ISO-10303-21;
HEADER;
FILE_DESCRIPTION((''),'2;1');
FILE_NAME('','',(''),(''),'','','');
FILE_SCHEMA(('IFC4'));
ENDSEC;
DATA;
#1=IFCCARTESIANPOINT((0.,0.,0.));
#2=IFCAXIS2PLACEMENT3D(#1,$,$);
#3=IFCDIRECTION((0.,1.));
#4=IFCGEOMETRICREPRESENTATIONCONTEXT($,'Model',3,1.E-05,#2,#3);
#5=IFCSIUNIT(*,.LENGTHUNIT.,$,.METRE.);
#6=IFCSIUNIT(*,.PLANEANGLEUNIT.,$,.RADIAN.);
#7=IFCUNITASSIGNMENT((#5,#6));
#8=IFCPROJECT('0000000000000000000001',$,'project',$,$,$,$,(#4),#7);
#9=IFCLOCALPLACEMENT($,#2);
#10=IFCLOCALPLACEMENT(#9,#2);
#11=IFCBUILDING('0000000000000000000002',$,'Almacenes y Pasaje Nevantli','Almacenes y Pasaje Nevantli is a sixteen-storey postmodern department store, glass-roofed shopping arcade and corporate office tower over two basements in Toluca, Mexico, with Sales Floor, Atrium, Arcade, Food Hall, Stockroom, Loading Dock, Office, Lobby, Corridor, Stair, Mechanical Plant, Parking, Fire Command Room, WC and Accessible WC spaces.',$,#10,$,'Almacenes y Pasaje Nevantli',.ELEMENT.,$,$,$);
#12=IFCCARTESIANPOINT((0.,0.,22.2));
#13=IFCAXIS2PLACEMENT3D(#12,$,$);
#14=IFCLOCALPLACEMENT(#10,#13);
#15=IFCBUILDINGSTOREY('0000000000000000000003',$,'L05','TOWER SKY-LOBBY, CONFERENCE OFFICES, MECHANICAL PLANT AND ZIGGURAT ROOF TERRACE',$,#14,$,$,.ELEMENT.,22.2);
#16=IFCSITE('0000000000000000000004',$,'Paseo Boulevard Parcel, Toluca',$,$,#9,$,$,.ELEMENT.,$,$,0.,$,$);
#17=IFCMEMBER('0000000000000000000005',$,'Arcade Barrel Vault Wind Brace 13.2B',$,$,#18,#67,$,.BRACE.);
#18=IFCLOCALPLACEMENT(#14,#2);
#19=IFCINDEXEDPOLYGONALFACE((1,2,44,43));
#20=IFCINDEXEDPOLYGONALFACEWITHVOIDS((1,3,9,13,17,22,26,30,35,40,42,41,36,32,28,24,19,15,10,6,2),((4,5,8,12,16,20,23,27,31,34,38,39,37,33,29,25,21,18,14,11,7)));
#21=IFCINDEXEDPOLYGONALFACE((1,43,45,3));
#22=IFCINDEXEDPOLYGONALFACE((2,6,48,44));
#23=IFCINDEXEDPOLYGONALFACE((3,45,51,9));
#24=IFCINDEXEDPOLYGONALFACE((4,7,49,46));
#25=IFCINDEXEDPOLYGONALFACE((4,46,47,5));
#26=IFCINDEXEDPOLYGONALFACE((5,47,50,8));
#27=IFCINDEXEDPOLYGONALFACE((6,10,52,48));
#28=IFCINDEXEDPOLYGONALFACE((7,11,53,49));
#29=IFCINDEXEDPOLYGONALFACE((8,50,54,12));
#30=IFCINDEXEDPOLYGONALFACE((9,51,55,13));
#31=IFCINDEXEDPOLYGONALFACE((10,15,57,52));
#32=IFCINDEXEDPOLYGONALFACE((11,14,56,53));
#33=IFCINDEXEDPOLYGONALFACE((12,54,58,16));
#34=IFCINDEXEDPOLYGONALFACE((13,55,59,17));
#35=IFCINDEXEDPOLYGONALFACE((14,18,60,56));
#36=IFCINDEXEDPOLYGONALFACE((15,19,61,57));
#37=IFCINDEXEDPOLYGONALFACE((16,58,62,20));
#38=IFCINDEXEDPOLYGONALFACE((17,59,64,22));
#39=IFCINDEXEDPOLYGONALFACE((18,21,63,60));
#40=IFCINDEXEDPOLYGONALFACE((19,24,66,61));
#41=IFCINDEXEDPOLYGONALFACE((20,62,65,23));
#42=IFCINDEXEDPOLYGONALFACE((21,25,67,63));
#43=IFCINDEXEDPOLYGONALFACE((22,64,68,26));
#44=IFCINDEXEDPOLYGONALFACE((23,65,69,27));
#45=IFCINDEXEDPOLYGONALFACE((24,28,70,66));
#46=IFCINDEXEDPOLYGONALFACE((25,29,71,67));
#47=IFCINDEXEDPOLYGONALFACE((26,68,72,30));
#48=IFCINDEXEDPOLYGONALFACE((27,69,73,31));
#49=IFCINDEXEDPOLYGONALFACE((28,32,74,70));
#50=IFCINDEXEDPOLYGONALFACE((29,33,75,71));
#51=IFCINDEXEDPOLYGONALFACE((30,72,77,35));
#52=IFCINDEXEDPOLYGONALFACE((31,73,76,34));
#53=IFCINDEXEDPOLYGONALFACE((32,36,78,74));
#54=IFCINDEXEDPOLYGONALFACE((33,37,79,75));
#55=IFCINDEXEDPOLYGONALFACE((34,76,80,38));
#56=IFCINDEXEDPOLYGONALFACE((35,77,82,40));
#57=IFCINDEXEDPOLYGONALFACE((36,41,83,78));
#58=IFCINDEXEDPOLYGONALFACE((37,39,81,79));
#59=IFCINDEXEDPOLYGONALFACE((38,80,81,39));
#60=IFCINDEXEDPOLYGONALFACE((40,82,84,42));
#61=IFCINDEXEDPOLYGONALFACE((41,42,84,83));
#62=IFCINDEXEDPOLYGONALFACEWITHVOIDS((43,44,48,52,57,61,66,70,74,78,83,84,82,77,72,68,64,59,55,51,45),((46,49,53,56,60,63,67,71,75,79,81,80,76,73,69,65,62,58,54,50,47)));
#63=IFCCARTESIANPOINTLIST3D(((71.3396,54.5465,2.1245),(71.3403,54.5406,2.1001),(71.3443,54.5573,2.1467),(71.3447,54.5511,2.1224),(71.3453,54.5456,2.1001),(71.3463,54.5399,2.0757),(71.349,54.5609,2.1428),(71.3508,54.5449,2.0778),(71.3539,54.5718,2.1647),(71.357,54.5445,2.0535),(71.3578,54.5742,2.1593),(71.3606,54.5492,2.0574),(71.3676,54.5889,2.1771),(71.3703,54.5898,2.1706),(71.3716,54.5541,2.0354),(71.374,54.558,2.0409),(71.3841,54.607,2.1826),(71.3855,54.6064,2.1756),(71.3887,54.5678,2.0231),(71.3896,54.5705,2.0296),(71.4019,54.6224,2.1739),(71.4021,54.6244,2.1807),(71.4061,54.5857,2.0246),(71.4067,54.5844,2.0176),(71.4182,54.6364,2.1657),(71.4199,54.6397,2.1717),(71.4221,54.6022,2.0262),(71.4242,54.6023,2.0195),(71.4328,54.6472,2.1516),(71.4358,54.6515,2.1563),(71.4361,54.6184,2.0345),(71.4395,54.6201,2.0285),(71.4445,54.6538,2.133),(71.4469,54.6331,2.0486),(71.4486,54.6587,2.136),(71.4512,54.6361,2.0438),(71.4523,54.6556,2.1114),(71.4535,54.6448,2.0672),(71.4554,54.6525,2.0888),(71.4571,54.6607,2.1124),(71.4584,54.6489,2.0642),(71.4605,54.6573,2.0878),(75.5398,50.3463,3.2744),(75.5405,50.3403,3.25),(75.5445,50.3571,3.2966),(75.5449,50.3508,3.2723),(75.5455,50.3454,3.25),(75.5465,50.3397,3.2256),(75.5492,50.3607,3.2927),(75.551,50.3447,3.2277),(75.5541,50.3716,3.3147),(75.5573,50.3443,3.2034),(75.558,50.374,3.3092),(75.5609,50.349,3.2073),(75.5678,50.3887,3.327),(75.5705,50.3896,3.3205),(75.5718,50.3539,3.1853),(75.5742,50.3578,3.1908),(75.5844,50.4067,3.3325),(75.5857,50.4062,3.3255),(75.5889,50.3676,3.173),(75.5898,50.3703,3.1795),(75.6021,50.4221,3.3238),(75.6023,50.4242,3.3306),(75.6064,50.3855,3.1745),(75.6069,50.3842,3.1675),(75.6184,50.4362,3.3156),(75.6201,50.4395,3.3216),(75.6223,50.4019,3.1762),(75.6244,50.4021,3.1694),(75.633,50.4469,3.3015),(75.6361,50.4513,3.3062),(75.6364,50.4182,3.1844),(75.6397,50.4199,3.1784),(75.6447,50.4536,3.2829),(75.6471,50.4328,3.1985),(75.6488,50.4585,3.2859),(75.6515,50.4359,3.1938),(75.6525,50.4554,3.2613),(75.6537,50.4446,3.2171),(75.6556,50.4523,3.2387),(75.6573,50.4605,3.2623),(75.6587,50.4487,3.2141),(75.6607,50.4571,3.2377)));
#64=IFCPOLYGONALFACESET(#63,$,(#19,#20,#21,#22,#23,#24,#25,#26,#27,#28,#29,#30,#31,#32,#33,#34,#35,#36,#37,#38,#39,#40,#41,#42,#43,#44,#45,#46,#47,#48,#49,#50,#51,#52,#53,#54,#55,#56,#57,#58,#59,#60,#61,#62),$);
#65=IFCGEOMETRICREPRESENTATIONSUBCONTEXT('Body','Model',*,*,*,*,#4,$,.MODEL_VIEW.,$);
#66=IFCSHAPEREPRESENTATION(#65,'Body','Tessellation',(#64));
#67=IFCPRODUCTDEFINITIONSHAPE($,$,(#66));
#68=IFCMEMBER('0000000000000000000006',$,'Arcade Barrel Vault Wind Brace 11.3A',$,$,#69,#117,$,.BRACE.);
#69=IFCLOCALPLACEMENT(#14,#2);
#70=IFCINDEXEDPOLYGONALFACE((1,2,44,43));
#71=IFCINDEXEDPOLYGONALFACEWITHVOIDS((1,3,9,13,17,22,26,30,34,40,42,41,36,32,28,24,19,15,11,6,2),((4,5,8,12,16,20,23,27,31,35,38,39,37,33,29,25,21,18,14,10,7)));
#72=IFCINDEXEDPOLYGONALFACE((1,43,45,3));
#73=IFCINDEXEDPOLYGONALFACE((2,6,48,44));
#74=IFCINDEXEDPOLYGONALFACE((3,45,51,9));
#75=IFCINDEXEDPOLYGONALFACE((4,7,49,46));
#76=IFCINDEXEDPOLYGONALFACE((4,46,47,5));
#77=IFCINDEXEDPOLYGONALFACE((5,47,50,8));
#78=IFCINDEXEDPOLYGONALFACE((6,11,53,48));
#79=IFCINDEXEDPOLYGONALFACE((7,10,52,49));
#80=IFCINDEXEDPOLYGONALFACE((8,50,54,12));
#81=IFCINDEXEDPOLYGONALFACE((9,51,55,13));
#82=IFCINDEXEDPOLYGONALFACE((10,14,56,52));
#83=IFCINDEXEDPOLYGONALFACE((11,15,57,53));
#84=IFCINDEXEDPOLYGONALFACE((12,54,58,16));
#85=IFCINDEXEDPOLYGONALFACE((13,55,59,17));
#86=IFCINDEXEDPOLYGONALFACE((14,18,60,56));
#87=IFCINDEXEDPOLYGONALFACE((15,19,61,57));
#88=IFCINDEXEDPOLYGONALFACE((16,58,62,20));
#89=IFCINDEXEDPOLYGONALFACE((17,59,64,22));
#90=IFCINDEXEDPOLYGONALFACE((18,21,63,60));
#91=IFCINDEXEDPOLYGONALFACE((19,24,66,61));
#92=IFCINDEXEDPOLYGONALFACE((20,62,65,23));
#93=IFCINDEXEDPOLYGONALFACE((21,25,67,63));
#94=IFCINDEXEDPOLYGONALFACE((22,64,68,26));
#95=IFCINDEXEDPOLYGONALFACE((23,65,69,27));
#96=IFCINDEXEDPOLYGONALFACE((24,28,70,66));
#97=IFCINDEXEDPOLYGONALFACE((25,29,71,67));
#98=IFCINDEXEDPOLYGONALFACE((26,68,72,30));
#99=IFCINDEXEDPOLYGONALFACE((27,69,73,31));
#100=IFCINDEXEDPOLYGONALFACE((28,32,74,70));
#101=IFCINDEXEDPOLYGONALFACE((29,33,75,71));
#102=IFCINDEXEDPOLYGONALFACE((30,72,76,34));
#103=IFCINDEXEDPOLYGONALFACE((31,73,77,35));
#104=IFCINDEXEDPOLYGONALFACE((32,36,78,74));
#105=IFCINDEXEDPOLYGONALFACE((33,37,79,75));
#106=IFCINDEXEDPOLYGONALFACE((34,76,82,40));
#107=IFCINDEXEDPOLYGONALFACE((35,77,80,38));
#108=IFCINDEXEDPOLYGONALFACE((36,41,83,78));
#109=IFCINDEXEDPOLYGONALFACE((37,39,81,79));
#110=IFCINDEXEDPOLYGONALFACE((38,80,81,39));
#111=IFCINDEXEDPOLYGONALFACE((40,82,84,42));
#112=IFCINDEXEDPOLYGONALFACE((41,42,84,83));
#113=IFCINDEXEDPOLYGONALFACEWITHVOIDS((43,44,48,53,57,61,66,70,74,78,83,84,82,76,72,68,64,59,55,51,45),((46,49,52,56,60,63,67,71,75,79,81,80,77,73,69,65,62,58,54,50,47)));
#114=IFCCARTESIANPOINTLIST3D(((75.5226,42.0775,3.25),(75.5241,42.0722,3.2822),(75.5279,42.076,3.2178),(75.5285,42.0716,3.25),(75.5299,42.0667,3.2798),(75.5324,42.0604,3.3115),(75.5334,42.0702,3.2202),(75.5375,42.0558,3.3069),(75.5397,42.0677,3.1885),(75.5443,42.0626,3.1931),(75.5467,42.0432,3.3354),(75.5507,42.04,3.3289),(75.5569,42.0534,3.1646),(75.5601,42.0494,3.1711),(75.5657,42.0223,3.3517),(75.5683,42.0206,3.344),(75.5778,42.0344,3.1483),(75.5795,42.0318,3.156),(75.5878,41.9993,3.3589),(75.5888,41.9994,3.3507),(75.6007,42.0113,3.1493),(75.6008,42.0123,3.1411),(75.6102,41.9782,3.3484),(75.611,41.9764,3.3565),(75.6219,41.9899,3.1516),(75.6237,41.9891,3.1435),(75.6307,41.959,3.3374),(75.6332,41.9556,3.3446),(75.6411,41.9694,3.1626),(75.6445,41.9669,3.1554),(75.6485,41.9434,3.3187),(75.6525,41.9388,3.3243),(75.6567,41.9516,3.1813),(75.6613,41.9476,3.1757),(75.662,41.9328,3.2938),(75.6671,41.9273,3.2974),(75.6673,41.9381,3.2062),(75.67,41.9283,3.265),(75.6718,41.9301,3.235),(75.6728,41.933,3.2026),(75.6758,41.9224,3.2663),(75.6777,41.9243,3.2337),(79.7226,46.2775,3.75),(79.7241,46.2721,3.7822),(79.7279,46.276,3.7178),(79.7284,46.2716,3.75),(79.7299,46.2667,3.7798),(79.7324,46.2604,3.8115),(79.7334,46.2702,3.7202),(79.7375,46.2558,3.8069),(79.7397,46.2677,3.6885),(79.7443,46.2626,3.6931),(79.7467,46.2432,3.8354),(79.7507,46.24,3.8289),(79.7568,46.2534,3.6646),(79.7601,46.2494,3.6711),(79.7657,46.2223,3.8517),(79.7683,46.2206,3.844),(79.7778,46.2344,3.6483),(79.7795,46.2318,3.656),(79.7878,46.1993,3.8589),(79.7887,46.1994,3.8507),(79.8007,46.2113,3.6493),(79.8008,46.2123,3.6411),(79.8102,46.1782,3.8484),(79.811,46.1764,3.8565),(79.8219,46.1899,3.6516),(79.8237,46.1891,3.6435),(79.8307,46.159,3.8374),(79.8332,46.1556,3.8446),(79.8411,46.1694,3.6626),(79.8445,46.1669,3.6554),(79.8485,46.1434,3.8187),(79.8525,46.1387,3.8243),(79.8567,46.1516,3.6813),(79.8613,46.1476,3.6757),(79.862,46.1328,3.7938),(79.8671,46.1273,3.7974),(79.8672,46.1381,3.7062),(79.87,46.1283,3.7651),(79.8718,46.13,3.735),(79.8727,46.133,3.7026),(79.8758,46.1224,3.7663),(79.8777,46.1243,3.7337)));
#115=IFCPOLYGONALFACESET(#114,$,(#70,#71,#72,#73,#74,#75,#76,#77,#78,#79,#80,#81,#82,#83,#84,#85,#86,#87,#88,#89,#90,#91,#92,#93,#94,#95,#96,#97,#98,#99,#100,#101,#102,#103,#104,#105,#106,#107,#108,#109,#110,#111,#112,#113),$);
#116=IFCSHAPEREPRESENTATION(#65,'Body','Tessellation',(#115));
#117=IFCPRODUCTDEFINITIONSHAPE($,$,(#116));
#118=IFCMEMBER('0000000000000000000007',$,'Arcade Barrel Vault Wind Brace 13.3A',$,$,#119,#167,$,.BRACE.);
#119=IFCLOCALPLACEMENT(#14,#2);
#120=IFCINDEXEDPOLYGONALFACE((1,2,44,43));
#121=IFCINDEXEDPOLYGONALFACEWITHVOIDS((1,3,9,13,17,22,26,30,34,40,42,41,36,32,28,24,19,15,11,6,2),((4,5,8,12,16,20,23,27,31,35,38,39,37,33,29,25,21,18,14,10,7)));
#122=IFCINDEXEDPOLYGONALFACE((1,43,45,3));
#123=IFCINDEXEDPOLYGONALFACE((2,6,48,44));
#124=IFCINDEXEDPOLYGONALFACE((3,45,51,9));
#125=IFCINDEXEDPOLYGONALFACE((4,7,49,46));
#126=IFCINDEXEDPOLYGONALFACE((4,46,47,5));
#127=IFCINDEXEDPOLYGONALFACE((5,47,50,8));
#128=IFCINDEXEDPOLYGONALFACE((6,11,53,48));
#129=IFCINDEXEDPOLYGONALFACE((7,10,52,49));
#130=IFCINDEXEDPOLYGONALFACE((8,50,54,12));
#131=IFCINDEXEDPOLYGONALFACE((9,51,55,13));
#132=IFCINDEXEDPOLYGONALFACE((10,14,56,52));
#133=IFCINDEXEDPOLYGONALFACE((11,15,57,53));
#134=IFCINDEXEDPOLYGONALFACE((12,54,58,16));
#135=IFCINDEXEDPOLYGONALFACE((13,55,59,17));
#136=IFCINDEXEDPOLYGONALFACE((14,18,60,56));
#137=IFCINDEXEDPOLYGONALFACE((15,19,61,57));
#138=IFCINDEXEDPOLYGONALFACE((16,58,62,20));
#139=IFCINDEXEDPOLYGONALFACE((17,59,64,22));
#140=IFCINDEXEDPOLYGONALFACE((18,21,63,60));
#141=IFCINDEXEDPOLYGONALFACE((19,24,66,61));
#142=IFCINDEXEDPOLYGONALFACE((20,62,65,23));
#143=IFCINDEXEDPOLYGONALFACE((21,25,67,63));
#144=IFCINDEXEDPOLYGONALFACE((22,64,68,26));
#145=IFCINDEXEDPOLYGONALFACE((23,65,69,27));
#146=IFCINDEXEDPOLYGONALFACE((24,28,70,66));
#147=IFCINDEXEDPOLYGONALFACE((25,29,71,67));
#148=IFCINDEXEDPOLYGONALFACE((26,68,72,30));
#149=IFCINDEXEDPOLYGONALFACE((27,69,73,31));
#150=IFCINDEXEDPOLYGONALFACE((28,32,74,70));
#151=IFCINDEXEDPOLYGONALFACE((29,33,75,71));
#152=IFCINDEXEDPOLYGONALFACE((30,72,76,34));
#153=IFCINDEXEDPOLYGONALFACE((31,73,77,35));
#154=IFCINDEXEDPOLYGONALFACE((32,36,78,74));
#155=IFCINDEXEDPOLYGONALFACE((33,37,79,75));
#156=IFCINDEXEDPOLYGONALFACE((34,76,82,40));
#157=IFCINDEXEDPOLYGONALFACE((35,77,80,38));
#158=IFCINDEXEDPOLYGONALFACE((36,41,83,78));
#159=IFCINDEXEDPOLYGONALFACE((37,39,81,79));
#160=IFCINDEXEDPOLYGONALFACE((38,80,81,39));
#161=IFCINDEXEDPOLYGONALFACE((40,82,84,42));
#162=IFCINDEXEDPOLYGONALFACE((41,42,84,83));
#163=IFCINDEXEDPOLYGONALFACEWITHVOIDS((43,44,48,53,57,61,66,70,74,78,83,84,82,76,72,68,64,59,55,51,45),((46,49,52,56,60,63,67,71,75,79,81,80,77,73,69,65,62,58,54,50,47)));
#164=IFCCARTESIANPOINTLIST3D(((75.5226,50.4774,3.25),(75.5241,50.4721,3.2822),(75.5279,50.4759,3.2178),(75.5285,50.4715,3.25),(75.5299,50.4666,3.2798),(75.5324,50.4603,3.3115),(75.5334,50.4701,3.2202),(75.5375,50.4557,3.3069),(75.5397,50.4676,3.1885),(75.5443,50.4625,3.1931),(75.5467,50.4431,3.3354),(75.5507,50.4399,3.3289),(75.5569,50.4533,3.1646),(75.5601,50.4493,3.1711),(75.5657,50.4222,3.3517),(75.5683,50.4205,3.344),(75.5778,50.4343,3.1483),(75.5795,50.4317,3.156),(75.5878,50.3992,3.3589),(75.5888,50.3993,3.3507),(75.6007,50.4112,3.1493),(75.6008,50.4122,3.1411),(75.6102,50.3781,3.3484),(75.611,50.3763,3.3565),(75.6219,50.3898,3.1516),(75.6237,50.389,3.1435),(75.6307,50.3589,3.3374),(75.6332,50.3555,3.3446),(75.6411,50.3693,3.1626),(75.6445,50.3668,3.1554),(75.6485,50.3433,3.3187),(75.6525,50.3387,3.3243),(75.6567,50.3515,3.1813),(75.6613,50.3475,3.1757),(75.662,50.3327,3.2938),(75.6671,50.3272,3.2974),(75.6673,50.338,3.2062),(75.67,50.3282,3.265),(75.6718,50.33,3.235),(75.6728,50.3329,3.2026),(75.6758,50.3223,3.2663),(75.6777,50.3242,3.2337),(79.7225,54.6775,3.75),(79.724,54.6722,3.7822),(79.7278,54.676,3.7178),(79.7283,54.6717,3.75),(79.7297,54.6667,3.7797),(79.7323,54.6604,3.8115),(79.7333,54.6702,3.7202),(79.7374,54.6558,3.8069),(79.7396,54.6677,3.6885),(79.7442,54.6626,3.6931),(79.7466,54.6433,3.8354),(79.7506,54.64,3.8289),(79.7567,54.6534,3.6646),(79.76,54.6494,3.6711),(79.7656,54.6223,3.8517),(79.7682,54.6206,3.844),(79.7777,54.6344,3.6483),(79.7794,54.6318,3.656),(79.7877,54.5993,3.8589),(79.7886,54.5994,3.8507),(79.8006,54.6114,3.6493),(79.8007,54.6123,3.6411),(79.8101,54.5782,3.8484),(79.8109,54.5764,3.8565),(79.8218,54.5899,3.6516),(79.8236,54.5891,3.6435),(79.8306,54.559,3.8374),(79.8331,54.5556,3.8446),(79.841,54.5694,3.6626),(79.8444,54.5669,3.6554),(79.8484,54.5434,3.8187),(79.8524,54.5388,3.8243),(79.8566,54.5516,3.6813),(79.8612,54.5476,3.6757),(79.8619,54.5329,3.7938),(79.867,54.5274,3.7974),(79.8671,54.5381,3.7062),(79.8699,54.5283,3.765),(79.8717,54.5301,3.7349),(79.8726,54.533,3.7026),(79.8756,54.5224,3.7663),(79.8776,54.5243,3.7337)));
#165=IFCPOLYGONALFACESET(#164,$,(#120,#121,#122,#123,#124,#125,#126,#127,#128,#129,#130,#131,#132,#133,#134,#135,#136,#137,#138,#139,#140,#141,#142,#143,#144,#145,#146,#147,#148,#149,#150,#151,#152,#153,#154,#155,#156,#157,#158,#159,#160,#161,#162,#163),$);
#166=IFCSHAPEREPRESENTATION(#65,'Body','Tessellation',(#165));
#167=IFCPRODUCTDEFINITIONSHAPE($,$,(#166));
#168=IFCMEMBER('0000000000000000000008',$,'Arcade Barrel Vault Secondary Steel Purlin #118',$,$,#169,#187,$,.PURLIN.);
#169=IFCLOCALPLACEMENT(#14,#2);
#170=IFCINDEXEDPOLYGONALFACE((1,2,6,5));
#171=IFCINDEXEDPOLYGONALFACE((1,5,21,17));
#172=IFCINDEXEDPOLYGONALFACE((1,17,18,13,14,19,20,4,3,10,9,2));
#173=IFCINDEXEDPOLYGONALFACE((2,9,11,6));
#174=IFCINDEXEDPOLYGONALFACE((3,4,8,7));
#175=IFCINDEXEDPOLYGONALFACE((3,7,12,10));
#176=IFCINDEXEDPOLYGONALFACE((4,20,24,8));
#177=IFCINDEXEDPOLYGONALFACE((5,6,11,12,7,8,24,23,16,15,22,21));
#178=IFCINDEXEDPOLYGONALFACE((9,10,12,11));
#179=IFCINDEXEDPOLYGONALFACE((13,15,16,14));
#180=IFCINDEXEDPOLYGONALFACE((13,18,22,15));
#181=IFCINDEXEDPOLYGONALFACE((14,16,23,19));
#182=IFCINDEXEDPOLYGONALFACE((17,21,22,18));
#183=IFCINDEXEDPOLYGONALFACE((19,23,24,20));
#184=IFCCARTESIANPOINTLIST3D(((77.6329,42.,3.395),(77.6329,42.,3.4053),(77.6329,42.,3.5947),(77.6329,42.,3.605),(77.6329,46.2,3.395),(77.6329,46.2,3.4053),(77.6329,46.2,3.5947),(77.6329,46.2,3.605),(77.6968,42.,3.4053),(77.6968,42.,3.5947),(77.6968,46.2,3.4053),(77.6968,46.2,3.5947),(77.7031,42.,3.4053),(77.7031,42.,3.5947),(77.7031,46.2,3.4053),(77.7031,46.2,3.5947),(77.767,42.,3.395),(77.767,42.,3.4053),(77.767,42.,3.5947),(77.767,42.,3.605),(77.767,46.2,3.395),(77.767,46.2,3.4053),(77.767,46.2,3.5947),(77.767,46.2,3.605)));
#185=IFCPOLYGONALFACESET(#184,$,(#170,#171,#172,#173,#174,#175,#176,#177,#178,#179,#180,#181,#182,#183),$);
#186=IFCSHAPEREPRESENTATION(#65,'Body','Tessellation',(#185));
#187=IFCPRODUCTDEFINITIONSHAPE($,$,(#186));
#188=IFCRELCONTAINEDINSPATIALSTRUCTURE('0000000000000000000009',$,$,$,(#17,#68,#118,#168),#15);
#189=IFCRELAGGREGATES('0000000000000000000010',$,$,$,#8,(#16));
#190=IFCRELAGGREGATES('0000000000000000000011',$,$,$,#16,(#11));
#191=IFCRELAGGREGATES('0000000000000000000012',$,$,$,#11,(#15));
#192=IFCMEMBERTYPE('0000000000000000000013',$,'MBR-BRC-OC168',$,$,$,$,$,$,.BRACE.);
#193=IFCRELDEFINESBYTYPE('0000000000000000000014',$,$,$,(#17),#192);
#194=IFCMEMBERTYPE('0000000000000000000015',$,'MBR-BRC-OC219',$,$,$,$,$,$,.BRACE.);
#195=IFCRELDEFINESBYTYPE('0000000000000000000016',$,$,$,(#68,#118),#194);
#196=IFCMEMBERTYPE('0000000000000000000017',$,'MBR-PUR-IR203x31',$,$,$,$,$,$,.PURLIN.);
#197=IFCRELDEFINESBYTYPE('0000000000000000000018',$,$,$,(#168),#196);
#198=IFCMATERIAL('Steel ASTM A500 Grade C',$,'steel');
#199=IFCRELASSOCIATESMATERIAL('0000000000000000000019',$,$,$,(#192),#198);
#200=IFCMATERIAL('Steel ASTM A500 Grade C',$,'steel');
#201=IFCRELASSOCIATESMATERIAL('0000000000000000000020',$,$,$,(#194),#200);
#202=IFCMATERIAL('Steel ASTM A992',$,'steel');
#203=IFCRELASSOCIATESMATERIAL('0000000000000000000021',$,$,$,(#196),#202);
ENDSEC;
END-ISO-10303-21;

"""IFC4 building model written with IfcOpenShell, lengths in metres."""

from ifc_helpers import new_model, si_unit, direction, frame, origin, origin_2d, place, context, subcontext, project, spatial, hollow_circle, i_section, extrude, material, material_profile, profile_set, type_object, element, save


model = new_model("IFC4")

# Units and contexts
model_context = context("Model", 3, precision=1e-05, world=origin(), true_north=direction((0.0, 1.0)))
body_context = subcontext(model_context, "Body", "Model", "MODEL_VIEW")
ifc_project = project(units=[si_unit("LENGTHUNIT", "METRE"), si_unit("PLANEANGLEUNIT", "RADIAN")], contexts=[model_context])

# Site, building, storey
site_placement = place(None, origin())
site = spatial("IfcSite", under=ifc_project, at=site_placement, Name="Paseo Boulevard Parcel, Toluca", CompositionType="ELEMENT", RefElevation=0.0)
building_placement = place(site_placement, origin())
building = spatial("IfcBuilding", under=site, at=building_placement, Name="Almacenes y Pasaje Nevantli", Description="Almacenes y Pasaje Nevantli is a sixteen-storey postmodern department store, glass-roofed shopping arcade and corporate office tower over two basements in Toluca, Mexico, with Sales Floor, Atrium, Arcade, Food Hall, Stockroom, Loading Dock, Office, Lobby, Corridor, Stair, Mechanical Plant, Parking, Fire Command Room, WC and Accessible WC spaces.", LongName="Almacenes y Pasaje Nevantli", CompositionType="ELEMENT")
storey_placement = place(building_placement, frame((0.0, 0.0, 22.2)))
storey = spatial("IfcBuildingStorey", under=building, at=storey_placement, Name="L05", Description="TOWER SKY-LOBBY, CONFERENCE OFFICES, MECHANICAL PLANT AND ZIGGURAT ROOF TERRACE", CompositionType="ELEMENT", Elevation=22.2)

# Members
ifc_material_1 = material(Name="Steel ASTM A500 Grade C", Category="steel")
ifc_material_profile_1 = material_profile(ifc_material_1, hollow_circle(Radius=0.0842, WallThickness=0.0071, at=origin_2d()), Name="OC 168x7.1")
ifc_profile_set_1 = profile_set([ifc_material_profile_1], Name="Steel ASTM A500 Grade C")
member_type_1 = type_object("IfcMemberType", Name="MBR-BRC-OC168", PredefinedType="BRACE", material=ifc_profile_set_1)
member_1_placement = place(storey_placement, frame((75.6001, 50.3999, 3.25), z_axis=(-0.694218, 0.694218, -0.190059), x_axis=(-0.707107, -0.707107, 0.0)))
element("IfcMember", 1, at=member_1_placement, inside=storey, type_object=member_type_1, Name="Arcade Barrel Vault Wind Brace 13.2B", PredefinedType="BRACE", context=body_context, shape_type="SweptSolid", body=[
    extrude(hollow_circle(Radius=0.0842, WallThickness=0.0071, at=origin_2d()), origin(), (0.0, 0.0, 1.0), 6.0503),
])
ifc_material_2 = material(Name="Steel ASTM A500 Grade C", Category="steel")
ifc_material_profile_2 = material_profile(ifc_material_2, hollow_circle(Radius=0.1096, WallThickness=0.0083, at=origin_2d()), Name="OC 219x8.2")
ifc_profile_set_2 = profile_set([ifc_material_profile_2], Name="Steel ASTM A500 Grade C")
member_type_2 = type_object("IfcMemberType", Name="MBR-BRC-OC219", PredefinedType="BRACE", material=ifc_profile_set_2)
for number, where, z_axis, x_axis, name in (
    (2, (75.6001, 42.0, 3.25), (0.704615, 0.704615, 0.083884), (-0.707107, 0.707107, 0.0), "Arcade Barrel Vault Wind Brace 11.3A"),
    (3, (75.6001, 50.3999, 3.25), (0.704594, 0.704635, 0.083881), (-0.707127, 0.707086, 0.0), "Arcade Barrel Vault Wind Brace 13.3A"),
):
    element("IfcMember", number, at=place(storey_placement, frame(where, z_axis=z_axis, x_axis=x_axis)), inside=storey, type_object=member_type_2, Name=name, PredefinedType="BRACE", context=body_context, shape_type="SweptSolid", body=[
        extrude(hollow_circle(Radius=0.1096, WallThickness=0.0083, at=origin_2d()), origin(), (0.0, 0.0, 1.0), 5.9607),
    ])
ifc_material_3 = material(Name="Steel ASTM A992", Category="steel")
ifc_material_profile_3 = material_profile(ifc_material_3, i_section(OverallWidth=0.134, OverallDepth=0.21, WebThickness=0.0063, FlangeThickness=0.0103, at=origin_2d()), Name="IR 203x31.3")
ifc_profile_set_3 = profile_set([ifc_material_profile_3], Name="Steel ASTM A992")
member_type_3 = type_object("IfcMemberType", Name="MBR-PUR-IR203x31", PredefinedType="PURLIN", material=ifc_profile_set_3)
for number, where, z_axis, x_axis, name in (
    (4, (77.7, 42.0, 3.5), (0.0, 1.0, 0.0), (-1.0, 0.0, 0.0), "Arcade Barrel Vault Secondary Steel Purlin #118"),
):
    element("IfcMember", number, at=place(storey_placement, frame(where, z_axis=z_axis, x_axis=x_axis)), inside=storey, type_object=member_type_3, Name=name, PredefinedType="PURLIN", context=body_context, shape_type="SweptSolid", body=[
        extrude(i_section(OverallWidth=0.134, OverallDepth=0.21, WebThickness=0.0063, FlangeThickness=0.0103, at=origin_2d()), origin(), (0.0, 0.0, 1.0), 4.2),
    ])

save(model, "model.ifc")
